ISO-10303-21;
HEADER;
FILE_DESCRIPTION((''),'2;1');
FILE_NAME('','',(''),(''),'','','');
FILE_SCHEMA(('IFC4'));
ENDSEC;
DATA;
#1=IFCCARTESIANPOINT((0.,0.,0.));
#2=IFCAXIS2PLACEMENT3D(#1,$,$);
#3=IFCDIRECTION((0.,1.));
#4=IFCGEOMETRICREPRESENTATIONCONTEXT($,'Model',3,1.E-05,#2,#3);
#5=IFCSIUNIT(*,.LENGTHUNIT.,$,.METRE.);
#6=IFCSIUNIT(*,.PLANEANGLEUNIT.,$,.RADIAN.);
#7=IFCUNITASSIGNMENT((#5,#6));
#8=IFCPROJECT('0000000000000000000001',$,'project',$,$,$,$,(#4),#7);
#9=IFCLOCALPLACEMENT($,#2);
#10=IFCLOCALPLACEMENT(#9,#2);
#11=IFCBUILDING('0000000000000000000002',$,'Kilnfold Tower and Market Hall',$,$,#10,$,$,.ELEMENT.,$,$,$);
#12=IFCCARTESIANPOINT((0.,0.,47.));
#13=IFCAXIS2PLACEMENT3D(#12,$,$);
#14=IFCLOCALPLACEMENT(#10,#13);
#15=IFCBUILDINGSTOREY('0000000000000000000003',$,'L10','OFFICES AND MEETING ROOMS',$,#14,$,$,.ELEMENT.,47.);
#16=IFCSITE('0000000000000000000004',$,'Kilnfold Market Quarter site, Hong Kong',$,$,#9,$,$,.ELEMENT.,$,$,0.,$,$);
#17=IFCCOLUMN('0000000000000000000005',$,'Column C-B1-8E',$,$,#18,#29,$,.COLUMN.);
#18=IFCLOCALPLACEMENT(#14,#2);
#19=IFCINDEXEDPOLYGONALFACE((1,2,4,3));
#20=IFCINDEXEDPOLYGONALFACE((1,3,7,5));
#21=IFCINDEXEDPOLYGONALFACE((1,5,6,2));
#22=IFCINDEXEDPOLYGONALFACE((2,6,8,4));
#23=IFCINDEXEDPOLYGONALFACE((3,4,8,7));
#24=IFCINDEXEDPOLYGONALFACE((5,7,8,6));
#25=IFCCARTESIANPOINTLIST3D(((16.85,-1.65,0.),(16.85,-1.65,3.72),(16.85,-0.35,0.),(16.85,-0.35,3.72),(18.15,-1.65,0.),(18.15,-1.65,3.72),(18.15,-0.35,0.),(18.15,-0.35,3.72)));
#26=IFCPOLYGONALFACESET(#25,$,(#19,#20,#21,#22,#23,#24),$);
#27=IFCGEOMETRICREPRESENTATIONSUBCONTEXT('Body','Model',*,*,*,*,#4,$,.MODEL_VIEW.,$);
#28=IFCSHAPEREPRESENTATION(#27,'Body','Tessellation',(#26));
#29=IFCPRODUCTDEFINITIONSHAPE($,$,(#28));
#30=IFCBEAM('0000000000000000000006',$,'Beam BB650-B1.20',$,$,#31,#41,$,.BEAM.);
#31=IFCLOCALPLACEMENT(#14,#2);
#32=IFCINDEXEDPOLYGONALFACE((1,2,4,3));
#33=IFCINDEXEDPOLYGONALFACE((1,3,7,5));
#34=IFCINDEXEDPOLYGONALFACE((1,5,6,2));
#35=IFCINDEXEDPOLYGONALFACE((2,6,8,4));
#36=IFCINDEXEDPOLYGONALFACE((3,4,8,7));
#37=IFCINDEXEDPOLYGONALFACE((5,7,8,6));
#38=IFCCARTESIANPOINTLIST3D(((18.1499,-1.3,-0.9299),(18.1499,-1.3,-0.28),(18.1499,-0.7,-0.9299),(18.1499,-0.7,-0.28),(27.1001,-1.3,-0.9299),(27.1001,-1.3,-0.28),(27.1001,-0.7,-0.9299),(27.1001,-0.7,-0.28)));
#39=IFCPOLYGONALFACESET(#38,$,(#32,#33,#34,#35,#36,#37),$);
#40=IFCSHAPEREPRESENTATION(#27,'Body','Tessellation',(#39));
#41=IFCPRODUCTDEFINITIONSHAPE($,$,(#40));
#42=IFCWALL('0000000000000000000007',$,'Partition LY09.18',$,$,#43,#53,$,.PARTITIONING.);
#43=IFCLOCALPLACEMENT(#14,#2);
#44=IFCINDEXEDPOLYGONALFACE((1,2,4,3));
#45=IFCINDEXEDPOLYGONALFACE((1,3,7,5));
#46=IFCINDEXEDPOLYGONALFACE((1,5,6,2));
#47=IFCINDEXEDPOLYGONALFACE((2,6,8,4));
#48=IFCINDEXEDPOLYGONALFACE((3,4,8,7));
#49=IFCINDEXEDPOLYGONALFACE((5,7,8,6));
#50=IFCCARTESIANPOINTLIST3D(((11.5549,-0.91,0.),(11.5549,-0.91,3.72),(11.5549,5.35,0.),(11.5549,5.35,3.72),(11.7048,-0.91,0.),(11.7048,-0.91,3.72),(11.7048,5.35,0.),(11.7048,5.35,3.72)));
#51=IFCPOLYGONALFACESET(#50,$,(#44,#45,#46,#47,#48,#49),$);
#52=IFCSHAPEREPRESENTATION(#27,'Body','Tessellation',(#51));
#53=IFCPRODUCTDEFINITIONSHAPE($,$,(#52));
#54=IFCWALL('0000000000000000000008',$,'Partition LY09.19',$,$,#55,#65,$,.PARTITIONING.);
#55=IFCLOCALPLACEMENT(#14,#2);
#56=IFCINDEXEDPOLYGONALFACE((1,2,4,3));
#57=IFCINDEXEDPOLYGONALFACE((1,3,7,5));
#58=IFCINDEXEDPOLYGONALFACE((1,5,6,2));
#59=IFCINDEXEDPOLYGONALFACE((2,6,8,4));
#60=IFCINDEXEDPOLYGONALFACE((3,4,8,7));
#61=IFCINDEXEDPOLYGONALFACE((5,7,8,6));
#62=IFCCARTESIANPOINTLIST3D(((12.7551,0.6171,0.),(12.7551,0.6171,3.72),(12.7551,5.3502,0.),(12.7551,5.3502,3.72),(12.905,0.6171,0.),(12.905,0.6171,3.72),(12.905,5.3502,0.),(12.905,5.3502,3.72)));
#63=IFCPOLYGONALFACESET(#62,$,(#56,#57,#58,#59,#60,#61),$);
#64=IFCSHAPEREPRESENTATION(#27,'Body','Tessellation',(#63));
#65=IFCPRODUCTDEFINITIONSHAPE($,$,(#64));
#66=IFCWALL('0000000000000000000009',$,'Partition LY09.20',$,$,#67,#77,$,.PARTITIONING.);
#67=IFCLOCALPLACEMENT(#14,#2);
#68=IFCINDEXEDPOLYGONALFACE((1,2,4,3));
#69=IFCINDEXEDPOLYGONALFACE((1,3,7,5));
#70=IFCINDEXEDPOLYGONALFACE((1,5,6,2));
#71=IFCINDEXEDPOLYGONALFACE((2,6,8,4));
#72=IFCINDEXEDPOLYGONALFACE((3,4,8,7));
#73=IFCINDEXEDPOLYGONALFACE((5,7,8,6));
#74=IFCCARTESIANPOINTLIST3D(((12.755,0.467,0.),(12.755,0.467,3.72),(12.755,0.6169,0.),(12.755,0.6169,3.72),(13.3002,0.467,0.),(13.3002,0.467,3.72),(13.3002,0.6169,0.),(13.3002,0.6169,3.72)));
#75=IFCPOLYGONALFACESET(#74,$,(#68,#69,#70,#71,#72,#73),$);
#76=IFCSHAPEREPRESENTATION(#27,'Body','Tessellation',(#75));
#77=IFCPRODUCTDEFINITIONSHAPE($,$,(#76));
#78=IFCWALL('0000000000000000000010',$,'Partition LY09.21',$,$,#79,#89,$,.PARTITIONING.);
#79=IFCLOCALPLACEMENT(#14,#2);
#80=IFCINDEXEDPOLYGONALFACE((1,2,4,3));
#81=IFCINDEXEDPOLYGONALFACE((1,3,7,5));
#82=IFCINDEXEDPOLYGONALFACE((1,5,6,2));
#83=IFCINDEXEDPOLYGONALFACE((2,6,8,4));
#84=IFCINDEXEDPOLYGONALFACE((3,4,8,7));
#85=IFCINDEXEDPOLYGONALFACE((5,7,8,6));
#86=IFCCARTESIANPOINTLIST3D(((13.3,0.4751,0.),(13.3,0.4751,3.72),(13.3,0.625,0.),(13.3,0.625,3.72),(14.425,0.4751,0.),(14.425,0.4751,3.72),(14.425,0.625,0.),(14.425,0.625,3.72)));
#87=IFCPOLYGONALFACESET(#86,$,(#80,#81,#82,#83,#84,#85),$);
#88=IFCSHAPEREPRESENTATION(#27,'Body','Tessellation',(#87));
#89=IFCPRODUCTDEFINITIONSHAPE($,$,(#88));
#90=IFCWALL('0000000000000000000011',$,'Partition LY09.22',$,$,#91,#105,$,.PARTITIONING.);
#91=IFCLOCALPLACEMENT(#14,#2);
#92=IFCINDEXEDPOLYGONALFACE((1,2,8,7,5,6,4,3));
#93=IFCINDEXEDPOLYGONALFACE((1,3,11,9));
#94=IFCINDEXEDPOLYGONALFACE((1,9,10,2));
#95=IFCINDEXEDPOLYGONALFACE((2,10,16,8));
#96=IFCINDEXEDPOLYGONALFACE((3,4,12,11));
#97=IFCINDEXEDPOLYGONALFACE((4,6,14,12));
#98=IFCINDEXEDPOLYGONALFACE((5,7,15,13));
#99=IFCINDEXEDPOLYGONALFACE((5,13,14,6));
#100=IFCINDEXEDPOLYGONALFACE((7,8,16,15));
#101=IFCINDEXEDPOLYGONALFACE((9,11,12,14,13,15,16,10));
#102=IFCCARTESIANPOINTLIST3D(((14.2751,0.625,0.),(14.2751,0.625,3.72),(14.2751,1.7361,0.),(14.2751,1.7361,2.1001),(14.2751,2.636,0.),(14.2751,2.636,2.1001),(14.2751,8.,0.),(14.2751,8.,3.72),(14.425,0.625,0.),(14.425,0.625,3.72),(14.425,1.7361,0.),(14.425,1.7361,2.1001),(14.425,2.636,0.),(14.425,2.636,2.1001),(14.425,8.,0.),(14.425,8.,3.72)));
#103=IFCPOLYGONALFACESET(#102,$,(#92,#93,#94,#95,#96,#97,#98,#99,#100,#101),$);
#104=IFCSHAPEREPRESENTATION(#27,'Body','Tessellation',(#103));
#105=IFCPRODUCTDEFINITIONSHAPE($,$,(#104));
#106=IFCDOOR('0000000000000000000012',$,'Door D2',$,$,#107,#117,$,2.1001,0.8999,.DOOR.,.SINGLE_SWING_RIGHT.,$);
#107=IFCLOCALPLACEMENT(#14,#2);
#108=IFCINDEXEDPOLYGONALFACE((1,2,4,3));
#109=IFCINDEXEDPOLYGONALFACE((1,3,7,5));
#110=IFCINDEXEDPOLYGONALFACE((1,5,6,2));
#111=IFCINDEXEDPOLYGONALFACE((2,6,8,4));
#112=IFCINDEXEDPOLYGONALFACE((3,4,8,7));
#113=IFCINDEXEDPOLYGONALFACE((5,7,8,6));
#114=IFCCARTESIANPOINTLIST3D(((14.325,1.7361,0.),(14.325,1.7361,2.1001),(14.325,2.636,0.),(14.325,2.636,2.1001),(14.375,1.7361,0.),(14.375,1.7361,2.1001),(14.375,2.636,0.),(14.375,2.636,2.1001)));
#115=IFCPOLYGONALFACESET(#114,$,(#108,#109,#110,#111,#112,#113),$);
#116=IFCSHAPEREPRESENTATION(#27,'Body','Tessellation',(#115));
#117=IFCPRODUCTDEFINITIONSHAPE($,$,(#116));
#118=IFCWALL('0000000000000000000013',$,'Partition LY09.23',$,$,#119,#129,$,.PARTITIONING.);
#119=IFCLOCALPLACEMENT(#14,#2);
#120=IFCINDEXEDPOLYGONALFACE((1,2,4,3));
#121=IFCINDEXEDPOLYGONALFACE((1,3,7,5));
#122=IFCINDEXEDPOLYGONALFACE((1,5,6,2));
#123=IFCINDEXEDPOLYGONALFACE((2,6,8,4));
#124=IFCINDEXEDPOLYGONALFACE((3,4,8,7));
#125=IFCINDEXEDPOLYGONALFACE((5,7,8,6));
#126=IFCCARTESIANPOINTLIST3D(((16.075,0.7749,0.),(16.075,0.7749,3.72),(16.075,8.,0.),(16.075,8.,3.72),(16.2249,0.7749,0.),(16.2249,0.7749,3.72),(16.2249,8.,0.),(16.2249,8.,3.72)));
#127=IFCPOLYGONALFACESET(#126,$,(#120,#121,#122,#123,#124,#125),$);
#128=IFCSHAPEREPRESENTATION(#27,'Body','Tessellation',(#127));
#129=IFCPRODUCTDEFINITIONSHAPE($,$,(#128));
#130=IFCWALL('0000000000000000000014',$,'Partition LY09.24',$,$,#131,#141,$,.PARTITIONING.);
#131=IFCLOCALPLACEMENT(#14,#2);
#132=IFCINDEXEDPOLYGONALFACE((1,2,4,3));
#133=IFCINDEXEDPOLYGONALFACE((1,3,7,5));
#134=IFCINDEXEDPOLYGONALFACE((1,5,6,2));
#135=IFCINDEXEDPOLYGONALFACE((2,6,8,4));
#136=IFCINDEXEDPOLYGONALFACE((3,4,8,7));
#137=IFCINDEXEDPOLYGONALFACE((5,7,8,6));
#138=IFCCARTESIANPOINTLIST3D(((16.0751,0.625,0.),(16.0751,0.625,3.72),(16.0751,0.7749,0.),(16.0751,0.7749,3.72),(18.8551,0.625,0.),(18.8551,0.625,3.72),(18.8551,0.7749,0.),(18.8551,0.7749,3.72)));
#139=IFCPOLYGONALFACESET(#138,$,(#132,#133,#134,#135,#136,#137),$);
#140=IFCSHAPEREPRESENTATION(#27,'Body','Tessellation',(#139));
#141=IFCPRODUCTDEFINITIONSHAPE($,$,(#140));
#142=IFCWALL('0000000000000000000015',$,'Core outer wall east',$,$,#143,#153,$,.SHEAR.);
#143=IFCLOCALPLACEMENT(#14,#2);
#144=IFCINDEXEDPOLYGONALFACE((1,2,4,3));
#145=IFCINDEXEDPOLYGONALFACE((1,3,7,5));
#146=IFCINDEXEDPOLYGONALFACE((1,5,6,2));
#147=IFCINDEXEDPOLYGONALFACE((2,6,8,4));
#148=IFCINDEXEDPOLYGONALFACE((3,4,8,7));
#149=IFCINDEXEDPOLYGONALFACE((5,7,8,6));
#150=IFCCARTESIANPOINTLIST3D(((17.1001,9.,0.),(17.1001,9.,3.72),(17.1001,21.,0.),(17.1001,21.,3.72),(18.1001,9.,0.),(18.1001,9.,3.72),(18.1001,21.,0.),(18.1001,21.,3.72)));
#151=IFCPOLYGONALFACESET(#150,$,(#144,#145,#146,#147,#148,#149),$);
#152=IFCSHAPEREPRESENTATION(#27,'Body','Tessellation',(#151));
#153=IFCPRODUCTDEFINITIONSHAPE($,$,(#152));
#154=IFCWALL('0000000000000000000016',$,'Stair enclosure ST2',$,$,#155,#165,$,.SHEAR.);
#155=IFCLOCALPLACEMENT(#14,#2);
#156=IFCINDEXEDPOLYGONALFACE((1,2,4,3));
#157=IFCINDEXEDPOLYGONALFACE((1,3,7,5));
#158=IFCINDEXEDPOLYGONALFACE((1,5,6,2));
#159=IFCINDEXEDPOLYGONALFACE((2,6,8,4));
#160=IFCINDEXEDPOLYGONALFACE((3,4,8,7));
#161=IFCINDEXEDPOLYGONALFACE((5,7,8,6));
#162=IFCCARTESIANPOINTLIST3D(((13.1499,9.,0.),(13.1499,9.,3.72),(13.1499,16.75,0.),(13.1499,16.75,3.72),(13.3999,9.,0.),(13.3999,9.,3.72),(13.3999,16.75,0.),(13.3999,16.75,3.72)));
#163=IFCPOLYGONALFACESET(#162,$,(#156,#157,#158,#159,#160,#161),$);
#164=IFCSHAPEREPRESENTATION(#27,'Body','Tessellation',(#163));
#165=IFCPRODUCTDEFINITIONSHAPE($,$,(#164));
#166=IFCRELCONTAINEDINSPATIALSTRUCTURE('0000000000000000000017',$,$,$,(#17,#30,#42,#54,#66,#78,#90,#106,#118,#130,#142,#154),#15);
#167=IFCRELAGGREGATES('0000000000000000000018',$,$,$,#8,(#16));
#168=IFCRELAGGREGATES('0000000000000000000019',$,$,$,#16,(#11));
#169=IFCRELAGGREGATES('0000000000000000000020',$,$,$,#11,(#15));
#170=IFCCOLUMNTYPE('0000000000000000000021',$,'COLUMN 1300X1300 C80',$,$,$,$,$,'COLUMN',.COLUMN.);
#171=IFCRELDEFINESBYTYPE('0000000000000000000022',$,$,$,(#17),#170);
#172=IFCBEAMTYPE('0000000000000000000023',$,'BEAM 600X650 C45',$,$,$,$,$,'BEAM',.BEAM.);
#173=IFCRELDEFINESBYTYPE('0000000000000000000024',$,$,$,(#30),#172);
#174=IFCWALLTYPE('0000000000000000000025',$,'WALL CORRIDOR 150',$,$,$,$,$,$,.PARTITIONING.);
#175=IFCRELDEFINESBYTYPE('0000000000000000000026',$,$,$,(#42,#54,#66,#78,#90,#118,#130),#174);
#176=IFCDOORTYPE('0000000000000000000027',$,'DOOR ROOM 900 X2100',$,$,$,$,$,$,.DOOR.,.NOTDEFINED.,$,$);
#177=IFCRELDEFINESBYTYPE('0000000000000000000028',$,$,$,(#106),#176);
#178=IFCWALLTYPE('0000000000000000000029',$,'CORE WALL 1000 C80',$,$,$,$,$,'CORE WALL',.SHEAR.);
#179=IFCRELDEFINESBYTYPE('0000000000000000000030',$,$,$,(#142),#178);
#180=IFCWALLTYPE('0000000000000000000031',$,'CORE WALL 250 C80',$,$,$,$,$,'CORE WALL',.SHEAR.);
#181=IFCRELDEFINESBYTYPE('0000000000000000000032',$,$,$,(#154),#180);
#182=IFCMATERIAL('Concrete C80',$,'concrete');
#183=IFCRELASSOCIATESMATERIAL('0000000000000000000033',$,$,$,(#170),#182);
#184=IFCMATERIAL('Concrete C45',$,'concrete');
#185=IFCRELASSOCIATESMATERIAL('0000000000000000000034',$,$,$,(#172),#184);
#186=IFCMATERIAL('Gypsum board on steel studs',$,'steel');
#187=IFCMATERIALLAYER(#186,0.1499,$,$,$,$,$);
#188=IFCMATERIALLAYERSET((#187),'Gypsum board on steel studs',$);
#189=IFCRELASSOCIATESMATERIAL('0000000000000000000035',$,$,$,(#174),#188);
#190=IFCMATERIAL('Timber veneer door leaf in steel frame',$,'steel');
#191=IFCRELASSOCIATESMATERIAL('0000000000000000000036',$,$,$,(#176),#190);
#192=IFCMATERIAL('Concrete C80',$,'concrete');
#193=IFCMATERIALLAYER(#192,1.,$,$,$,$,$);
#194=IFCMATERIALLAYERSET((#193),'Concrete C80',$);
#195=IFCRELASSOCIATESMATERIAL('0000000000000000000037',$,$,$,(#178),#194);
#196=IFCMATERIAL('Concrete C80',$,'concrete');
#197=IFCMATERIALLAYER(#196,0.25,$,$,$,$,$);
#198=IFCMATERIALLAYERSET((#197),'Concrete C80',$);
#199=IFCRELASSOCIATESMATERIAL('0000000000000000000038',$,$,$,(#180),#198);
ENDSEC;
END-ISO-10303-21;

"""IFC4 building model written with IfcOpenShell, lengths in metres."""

from ifc_helpers import new_model, si_unit, direction, frame, frame_2d, origin, origin_2d, place, context, subcontext, project, spatial, rectangle, extrude, source, transform, mapped, material, layer, layer_set, material_profile, profile_set, type_object, element, fill, save


model = new_model("IFC4")

# Units and contexts
model_context = context("Model", 3, precision=1e-05, world=origin(), true_north=direction((0.0, 1.0)))
body_context = subcontext(model_context, "Body", "Model", "MODEL_VIEW")
ifc_project = project(units=[si_unit("LENGTHUNIT", "METRE"), si_unit("PLANEANGLEUNIT", "RADIAN")], contexts=[model_context])

# Site, building, storey
site_placement = place(None, origin())
site = spatial("IfcSite", under=ifc_project, at=site_placement, Name="Kilnfold Market Quarter site, Hong Kong", CompositionType="ELEMENT", RefElevation=0.0)
building_placement = place(site_placement, origin())
building = spatial("IfcBuilding", under=site, at=building_placement, Name="Kilnfold Tower and Market Hall", CompositionType="ELEMENT")
storey_placement = place(building_placement, frame((0.0, 0.0, 47.0)))
storey = spatial("IfcBuildingStorey", under=building, at=storey_placement, Name="L10", Description="OFFICES AND MEETING ROOMS", CompositionType="ELEMENT", Elevation=47.0)

# Column
ifc_material_1 = material(Name="Concrete C80", Category="concrete")
ifc_material_profile_1 = material_profile(ifc_material_1, rectangle(XDim=1.3, YDim=1.3, at=origin_2d()), Name="RC 1300x1300")
ifc_profile_set_1 = profile_set([ifc_material_profile_1], Name="Concrete C80")
column_type = type_object("IfcColumnType", Name="COLUMN 1300X1300 C80", ElementType="COLUMN", PredefinedType="COLUMN", material=ifc_profile_set_1)
shared_shape_1 = source(origin(), body_context, "Body", "SweptSolid", [
    extrude(rectangle(XDim=1.3, YDim=1.3, at=origin_2d()), origin(), (0.0, 0.0, 1.0), 3.72),
])
column_placement = place(storey_placement, frame((17.5, -1.0, 0.0), z_axis=(0.0, 0.0, 1.0), x_axis=(1.0, 0.0, 0.0)))
element("IfcColumn", 1, at=column_placement, inside=storey, type_object=column_type, Name="Column C-B1-8E", PredefinedType="COLUMN", context=body_context, shape_type="MappedRepresentation", body=[
    mapped(shared_shape_1, transform((0.0, 0.0, 0.0))),
])

# Beam
ifc_material_2 = material(Name="Concrete C45", Category="concrete")
ifc_material_profile_2 = material_profile(ifc_material_2, rectangle(XDim=0.6001, YDim=0.6499, at=origin_2d()), Name="RC 600x650")
ifc_profile_set_2 = profile_set([ifc_material_profile_2], Name="Concrete C45")
beam_type = type_object("IfcBeamType", Name="BEAM 600X650 C45", ElementType="BEAM", PredefinedType="BEAM", material=ifc_profile_set_2)
shared_shape_2 = source(origin(), body_context, "Body", "SweptSolid", [
    extrude(rectangle(XDim=0.6001, YDim=0.6499, at=origin_2d()), origin(), (0.0, 0.0, 1.0), 8.9502),
])
beam_placement = place(storey_placement, frame((18.1499, -1.0, -0.605), z_axis=(1.0, 0.0, 0.0), x_axis=(0.0, 1.0, 0.0)))
element("IfcBeam", 2, at=beam_placement, inside=storey, type_object=beam_type, Name="Beam BB650-B1.20", PredefinedType="BEAM", context=body_context, shape_type="MappedRepresentation", body=[
    mapped(shared_shape_2, transform((0.0, 0.0, 0.0))),
])

# Walls
ifc_material_3 = material(Name="Gypsum board on steel studs", Category="steel")
ifc_layer_1 = layer(ifc_material_3, 0.1499)
ifc_layer_set_1 = layer_set([ifc_layer_1], Name="Gypsum board on steel studs")
wall_type_1 = type_object("IfcWallType", Name="WALL CORRIDOR 150", PredefinedType="PARTITIONING", material=ifc_layer_set_1)
wall_1_placement = place(storey_placement, frame((11.6299, -0.9099, 0.0), z_axis=(0.0, 0.0, 1.0), x_axis=(0.0, 1.0, 0.0)))
element("IfcWall", 3, at=wall_1_placement, inside=storey, type_object=wall_type_1, Name="Partition LY09.18", PredefinedType="PARTITIONING", context=body_context, shape_type="SweptSolid", body=[
    extrude(rectangle(XDim=6.26, YDim=0.1499, at=frame_2d((3.1299, 0.0))), origin(), (0.0, 0.0, 1.0), 3.72),
])
wall_2_placement = place(storey_placement, frame((12.8301, 0.6169, 0.0), z_axis=(0.0, 0.0, 1.0), x_axis=(0.0, 1.0, 0.0)))
element("IfcWall", 4, at=wall_2_placement, inside=storey, type_object=wall_type_1, Name="Partition LY09.19", PredefinedType="PARTITIONING", context=body_context, shape_type="SweptSolid", body=[
    extrude(rectangle(XDim=4.7332, YDim=0.1499, at=frame_2d((2.3667, 0.0))), origin(), (0.0, 0.0, 1.0), 3.72),
])
wall_3_placement = place(storey_placement, frame((13.3, 0.542, 0.0), z_axis=(0.0, 0.0, 1.0), x_axis=(-1.0, 0.0, 0.0)))
element("IfcWall", 5, at=wall_3_placement, inside=storey, type_object=wall_type_1, Name="Partition LY09.20", PredefinedType="PARTITIONING", context=body_context, shape_type="SweptSolid", body=[
    extrude(rectangle(XDim=0.5452, YDim=0.1499, at=frame_2d((0.2725, 0.0))), origin(), (0.0, 0.0, 1.0), 3.72),
])
wall_4_placement = place(storey_placement, frame((13.3, 0.55, 0.0), z_axis=(0.0, 0.0, 1.0), x_axis=(1.0, 0.0, 0.0)))
element("IfcWall", 6, at=wall_4_placement, inside=storey, type_object=wall_type_1, Name="Partition LY09.21", PredefinedType="PARTITIONING", context=body_context, shape_type="SweptSolid", body=[
    extrude(rectangle(XDim=1.125, YDim=0.1499, at=frame_2d((0.5625, 0.0))), origin(), (0.0, 0.0, 1.0), 3.72),
])

# Wall, opening, door
wall_5_placement = place(storey_placement, frame((14.3501, 8.0, 0.0), z_axis=(0.0, 0.0, 1.0), x_axis=(0.0, -1.0, 0.0)))
wall_5 = element("IfcWall", 7, at=wall_5_placement, inside=storey, type_object=wall_type_1, Name="Partition LY09.22", PredefinedType="PARTITIONING", context=body_context, shape_type="SweptSolid", body=[
    extrude(rectangle(XDim=7.375, YDim=0.1499, at=frame_2d((3.6875, 0.0))), origin(), (0.0, 0.0, 1.0), 3.72),
])
opening_1_placement = place(wall_5_placement, frame((5.364, 0.0, 0.0)))
opening_1 = element("IfcOpeningElement", 8, at=opening_1_placement, cuts=wall_5, PredefinedType="OPENING", context=body_context, shape_type="SweptSolid", body=[
    extrude(rectangle(XDim=0.8999, YDim=2.1001, at=frame_2d((0.45, 1.05))), frame((0.0, 0.085, 0.0), z_axis=(0.0, -1.0, 0.0), x_axis=(1.0, 0.0, 0.0)), (0.0, 0.0, 1.0), 0.1699),
])
ifc_material_4 = material(Name="Timber veneer door leaf in steel frame", Category="steel")
door_type_1 = type_object("IfcDoorType", Name="DOOR ROOM 900 X2100", OperationType="NOTDEFINED", PredefinedType="DOOR", material=ifc_material_4)
door_1_placement = place(opening_1_placement, origin())
door_1 = element("IfcDoor", 9, at=door_1_placement, inside=storey, type_object=door_type_1, Name="Door D2", OperationType="SINGLE_SWING_RIGHT", OverallHeight=2.1001, OverallWidth=0.8999, PredefinedType="DOOR", context=body_context, shape_type="SweptSolid", body=[
    extrude(rectangle(XDim=0.8999, YDim=2.1001, at=frame_2d((0.45, 1.05))), frame((0.0, 0.0249, 0.0), z_axis=(0.0, -1.0, 0.0), x_axis=(1.0, 0.0, 0.0)), (0.0, 0.0, 1.0), 0.05),
])
fill(opening_1, door_1)

# Walls
wall_6_placement = place(storey_placement, frame((16.1499, 0.7749, 0.0), z_axis=(0.0, 0.0, 1.0), x_axis=(0.0, 1.0, 0.0)))
element("IfcWall", 10, at=wall_6_placement, inside=storey, type_object=wall_type_1, Name="Partition LY09.23", PredefinedType="PARTITIONING", context=body_context, shape_type="SweptSolid", body=[
    extrude(rectangle(XDim=7.2251, YDim=0.1499, at=frame_2d((3.6125, 0.0))), origin(), (0.0, 0.0, 1.0), 3.72),
])
wall_7_placement = place(storey_placement, frame((16.075, 0.7, 0.0), z_axis=(0.0, 0.0, 1.0), x_axis=(1.0, 0.0, 0.0)))
element("IfcWall", 11, at=wall_7_placement, inside=storey, type_object=wall_type_1, Name="Partition LY09.24", PredefinedType="PARTITIONING", context=body_context, shape_type="SweptSolid", body=[
    extrude(rectangle(XDim=2.78, YDim=0.1499, at=frame_2d((1.3901, 0.0))), origin(), (0.0, 0.0, 1.0), 3.72),
])

# Shared definitions
ifc_material_5 = material(Name="Concrete C80", Category="concrete")
ifc_layer_2 = layer(ifc_material_5, 1.0)
ifc_layer_set_2 = layer_set([ifc_layer_2], Name="Concrete C80")
wall_type_2 = type_object("IfcWallType", Name="CORE WALL 1000 C80", ElementType="CORE WALL", PredefinedType="SHEAR", material=ifc_layer_set_2)

# Walls
shared_shape_3 = source(origin(), body_context, "Body", "SweptSolid", [
    extrude(rectangle(XDim=12.0, YDim=1.0, at=frame_2d((6.0, 0.0))), origin(), (0.0, 0.0, 1.0), 3.72),
])
wall_8_placement = place(storey_placement, frame((17.6001, 9.0, 0.0), z_axis=(0.0, 0.0, 1.0), x_axis=(0.0, 1.0, 0.0)))
element("IfcWall", 12, at=wall_8_placement, inside=storey, type_object=wall_type_2, Name="Core outer wall east", PredefinedType="SHEAR", context=body_context, shape_type="MappedRepresentation", body=[
    mapped(shared_shape_3, transform((0.0, 0.0, 0.0))),
])
ifc_material_6 = material(Name="Concrete C80", Category="concrete")
ifc_layer_3 = layer(ifc_material_6, 0.25)
ifc_layer_set_3 = layer_set([ifc_layer_3], Name="Concrete C80")
wall_type_3 = type_object("IfcWallType", Name="CORE WALL 250 C80", ElementType="CORE WALL", PredefinedType="SHEAR", material=ifc_layer_set_3)
shared_shape_4 = source(origin(), body_context, "Body", "SweptSolid", [
    extrude(rectangle(XDim=7.75, YDim=0.25, at=frame_2d((3.875, 0.0))), origin(), (0.0, 0.0, 1.0), 3.72),
])
wall_9_placement = place(storey_placement, frame((13.2749, 9.0, 0.0), z_axis=(0.0, 0.0, 1.0), x_axis=(0.0, 1.0, 0.0)))
element("IfcWall", 13, at=wall_9_placement, inside=storey, type_object=wall_type_3, Name="Stair enclosure ST2", PredefinedType="SHEAR", context=body_context, shape_type="MappedRepresentation", body=[
    mapped(shared_shape_4, transform((0.0, 0.0, 0.0))),
])

save(model, "model.ifc")
